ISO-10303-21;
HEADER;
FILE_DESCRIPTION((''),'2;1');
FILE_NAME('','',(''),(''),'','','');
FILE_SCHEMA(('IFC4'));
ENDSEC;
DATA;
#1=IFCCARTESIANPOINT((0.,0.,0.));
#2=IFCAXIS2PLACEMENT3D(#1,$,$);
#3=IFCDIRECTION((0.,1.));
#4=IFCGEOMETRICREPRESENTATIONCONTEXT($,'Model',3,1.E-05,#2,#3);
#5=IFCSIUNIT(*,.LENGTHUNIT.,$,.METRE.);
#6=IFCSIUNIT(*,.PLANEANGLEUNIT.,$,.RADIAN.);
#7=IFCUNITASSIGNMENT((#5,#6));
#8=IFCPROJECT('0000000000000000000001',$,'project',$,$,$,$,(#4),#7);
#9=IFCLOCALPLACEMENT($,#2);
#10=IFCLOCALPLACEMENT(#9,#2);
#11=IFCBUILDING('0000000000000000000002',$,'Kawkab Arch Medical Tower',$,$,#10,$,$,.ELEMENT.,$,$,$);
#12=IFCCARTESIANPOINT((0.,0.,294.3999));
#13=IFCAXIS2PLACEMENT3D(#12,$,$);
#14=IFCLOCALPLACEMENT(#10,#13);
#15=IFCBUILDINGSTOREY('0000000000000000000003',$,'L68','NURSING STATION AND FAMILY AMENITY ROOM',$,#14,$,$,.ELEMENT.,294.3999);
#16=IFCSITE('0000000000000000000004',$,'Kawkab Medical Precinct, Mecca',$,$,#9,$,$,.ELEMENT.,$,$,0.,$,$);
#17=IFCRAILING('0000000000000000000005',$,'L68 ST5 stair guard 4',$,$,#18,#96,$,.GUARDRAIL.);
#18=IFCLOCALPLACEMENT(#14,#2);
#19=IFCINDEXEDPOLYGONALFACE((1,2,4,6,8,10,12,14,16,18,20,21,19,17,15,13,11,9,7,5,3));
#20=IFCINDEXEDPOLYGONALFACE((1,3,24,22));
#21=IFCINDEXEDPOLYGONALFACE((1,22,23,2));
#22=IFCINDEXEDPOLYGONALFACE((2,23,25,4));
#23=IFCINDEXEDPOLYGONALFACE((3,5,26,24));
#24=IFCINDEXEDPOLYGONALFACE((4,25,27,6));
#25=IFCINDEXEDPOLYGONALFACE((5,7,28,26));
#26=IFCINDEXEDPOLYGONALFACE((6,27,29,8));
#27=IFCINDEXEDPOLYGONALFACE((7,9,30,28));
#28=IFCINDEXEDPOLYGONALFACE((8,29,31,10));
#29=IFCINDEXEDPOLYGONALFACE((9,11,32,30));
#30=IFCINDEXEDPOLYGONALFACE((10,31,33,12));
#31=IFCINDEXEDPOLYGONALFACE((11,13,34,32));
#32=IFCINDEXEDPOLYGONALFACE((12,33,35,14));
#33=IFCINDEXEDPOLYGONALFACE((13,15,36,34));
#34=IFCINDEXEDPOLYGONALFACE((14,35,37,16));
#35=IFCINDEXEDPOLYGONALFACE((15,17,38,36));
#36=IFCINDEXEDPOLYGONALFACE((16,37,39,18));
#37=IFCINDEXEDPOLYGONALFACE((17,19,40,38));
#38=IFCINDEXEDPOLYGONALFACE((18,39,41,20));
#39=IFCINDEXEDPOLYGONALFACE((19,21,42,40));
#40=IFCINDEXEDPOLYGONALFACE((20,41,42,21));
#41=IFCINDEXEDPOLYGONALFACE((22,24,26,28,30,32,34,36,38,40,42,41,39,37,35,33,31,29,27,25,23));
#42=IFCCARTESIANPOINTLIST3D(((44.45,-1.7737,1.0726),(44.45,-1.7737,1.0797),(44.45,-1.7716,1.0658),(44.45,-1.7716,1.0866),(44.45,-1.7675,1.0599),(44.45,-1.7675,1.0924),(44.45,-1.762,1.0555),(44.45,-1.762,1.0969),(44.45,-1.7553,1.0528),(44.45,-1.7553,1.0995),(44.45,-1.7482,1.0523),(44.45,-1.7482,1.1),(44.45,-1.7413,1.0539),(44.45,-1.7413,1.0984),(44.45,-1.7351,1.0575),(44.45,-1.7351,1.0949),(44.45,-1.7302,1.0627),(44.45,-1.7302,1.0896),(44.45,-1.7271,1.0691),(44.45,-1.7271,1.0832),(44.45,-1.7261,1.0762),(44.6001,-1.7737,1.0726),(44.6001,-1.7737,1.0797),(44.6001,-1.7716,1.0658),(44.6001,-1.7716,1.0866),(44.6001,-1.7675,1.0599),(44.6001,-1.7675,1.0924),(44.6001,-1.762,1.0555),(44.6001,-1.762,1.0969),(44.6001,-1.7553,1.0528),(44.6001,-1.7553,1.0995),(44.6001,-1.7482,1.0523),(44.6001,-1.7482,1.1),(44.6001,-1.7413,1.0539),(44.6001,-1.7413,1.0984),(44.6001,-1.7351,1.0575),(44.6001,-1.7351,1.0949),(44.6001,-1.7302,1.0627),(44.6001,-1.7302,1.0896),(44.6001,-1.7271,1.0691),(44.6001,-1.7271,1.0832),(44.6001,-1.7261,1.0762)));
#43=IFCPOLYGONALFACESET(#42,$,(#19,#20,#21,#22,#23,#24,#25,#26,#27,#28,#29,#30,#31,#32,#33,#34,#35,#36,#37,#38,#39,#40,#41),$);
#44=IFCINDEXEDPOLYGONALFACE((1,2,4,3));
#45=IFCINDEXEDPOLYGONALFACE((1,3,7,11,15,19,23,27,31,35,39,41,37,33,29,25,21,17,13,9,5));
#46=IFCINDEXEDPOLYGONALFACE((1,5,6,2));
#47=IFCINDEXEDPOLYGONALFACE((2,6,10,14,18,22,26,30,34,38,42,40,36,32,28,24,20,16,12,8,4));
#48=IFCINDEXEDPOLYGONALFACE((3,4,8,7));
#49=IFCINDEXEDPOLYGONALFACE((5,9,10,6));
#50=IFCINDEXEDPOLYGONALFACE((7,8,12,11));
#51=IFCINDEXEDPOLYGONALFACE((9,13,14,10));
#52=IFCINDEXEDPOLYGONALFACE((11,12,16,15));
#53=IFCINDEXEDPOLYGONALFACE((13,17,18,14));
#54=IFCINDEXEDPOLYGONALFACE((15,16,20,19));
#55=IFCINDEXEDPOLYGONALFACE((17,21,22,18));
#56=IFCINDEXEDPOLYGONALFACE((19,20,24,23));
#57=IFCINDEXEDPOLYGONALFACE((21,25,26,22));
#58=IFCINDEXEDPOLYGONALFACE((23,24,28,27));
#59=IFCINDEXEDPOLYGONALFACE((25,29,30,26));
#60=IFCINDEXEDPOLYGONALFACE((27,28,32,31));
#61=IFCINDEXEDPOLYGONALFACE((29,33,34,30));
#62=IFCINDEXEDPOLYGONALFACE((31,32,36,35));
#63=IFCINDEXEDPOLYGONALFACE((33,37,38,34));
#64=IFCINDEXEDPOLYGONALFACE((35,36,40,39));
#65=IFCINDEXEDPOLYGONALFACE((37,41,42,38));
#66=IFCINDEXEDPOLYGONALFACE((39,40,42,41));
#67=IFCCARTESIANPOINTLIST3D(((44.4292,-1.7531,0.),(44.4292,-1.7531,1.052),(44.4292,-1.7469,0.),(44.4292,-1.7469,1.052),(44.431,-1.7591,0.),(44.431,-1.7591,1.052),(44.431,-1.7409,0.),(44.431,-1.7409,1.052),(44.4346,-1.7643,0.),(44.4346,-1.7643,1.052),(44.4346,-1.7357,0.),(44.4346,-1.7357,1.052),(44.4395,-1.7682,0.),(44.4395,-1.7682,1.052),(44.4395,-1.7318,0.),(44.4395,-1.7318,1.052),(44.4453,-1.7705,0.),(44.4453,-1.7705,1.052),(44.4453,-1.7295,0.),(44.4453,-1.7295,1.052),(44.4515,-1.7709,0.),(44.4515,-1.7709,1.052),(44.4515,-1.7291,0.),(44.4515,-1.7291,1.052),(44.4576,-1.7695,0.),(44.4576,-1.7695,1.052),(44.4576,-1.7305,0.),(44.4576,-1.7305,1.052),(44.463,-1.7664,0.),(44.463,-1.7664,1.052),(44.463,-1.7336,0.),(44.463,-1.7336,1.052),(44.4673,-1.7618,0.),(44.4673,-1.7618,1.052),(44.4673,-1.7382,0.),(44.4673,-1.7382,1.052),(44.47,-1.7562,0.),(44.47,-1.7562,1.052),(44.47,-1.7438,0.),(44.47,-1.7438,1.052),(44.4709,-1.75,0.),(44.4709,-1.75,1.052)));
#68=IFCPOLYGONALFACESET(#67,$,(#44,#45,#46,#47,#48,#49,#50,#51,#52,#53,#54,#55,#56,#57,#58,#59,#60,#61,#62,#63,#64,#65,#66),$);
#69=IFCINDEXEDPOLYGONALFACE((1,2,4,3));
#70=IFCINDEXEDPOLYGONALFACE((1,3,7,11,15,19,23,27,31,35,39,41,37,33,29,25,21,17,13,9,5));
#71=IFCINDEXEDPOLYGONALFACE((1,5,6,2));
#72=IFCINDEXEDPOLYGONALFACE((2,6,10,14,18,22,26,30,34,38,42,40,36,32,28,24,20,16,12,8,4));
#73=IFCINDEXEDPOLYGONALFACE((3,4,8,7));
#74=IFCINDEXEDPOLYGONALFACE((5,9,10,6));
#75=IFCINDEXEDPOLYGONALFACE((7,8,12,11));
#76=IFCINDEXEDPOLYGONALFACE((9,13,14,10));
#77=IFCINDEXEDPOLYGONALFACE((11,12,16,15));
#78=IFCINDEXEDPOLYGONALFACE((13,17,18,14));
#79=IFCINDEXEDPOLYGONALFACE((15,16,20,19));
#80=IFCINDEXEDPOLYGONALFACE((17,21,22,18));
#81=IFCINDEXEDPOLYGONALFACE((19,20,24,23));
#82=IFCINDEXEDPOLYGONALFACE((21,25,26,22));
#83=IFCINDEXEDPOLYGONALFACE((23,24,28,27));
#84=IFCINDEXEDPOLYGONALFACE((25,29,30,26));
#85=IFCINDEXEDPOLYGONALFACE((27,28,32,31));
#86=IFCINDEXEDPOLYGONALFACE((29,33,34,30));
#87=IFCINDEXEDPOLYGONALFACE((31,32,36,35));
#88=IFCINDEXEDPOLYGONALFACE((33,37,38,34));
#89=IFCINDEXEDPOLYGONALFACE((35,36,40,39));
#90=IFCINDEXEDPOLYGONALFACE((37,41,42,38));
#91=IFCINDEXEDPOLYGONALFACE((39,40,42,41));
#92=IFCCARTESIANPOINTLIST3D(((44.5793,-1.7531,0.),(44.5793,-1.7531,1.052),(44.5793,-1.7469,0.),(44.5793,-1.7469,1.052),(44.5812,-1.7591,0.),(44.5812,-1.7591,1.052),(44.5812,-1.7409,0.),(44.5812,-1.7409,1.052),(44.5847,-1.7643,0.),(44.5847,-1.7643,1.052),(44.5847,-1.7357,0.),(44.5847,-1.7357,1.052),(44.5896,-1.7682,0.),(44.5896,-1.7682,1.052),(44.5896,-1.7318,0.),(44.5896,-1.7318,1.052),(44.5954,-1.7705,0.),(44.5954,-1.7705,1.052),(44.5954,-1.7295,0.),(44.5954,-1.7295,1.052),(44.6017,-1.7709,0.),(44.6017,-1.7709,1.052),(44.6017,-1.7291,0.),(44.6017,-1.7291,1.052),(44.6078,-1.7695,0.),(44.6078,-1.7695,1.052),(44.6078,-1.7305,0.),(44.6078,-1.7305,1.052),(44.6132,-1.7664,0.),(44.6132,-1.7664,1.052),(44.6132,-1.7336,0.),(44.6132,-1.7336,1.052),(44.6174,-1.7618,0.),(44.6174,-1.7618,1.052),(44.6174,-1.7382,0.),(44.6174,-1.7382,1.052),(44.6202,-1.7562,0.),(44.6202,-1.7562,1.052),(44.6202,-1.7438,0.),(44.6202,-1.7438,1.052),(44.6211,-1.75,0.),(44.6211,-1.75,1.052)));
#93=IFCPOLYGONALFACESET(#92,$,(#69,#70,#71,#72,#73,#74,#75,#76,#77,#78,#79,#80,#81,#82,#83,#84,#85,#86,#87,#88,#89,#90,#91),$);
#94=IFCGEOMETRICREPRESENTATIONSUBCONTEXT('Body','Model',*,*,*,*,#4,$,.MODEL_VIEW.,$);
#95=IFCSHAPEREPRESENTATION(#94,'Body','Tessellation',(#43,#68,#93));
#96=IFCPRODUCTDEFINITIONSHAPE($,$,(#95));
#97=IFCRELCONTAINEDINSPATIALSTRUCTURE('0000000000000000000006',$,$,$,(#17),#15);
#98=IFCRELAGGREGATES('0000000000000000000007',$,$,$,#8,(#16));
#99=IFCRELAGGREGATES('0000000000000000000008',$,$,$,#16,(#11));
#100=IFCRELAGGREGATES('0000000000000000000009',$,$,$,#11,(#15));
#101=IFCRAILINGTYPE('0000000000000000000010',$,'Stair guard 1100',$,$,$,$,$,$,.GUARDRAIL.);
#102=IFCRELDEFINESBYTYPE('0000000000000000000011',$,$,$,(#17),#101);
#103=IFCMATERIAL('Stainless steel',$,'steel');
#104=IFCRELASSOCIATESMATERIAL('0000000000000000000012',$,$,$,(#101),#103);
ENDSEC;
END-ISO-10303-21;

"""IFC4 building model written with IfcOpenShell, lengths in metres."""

from ifc_helpers import new_model, si_unit, direction, frame, origin, origin_2d, place, context, subcontext, project, spatial, circle, extrude, material, type_object, element, save


model = new_model("IFC4")

# Units and contexts
model_context = context("Model", 3, precision=1e-05, world=origin(), true_north=direction((0.0, 1.0)))
body_context = subcontext(model_context, "Body", "Model", "MODEL_VIEW")
ifc_project = project(units=[si_unit("LENGTHUNIT", "METRE"), si_unit("PLANEANGLEUNIT", "RADIAN")], contexts=[model_context])

# Site, building, storey
site_placement = place(None, origin())
site = spatial("IfcSite", under=ifc_project, at=site_placement, Name="Kawkab Medical Precinct, Mecca", CompositionType="ELEMENT", RefElevation=0.0)
building_placement = place(site_placement, origin())
building = spatial("IfcBuilding", under=site, at=building_placement, Name="Kawkab Arch Medical Tower", CompositionType="ELEMENT")
storey_placement = place(building_placement, frame((0.0, 0.0, 294.3999)))
storey = spatial("IfcBuildingStorey", under=building, at=storey_placement, Name="L68", Description="NURSING STATION AND FAMILY AMENITY ROOM", CompositionType="ELEMENT", Elevation=294.3999)

# Railing
ifc_material_1 = material(Name="Stainless steel", Category="steel")
railing_type_1 = type_object("IfcRailingType", Name="Stair guard 1100", PredefinedType="GUARDRAIL", material=ifc_material_1)
railing_1_placement = place(storey_placement, frame((44.45, -1.75, 0.0)))
element("IfcRailing", 1, at=railing_1_placement, inside=storey, type_object=railing_type_1, Name="L68 ST5 stair guard 4", PredefinedType="GUARDRAIL", context=body_context, shape_type="SweptSolid", body=[
    extrude(circle(Radius=0.0239, at=origin_2d()), frame((0.0, 0.0, 1.0762), z_axis=(1.0, 0.0, 0.0), x_axis=(0.0, 1.0, 0.0)), (0.0, 0.0, 1.0), 0.1501),
    extrude(circle(Radius=0.021, at=origin_2d()), origin(), (0.0, 0.0, 1.0), 1.052),
    extrude(circle(Radius=0.021, at=origin_2d()), frame((0.1501, 0.0, 0.0)), (0.0, 0.0, 1.0), 1.052),
])

save(model, "model.ifc")
